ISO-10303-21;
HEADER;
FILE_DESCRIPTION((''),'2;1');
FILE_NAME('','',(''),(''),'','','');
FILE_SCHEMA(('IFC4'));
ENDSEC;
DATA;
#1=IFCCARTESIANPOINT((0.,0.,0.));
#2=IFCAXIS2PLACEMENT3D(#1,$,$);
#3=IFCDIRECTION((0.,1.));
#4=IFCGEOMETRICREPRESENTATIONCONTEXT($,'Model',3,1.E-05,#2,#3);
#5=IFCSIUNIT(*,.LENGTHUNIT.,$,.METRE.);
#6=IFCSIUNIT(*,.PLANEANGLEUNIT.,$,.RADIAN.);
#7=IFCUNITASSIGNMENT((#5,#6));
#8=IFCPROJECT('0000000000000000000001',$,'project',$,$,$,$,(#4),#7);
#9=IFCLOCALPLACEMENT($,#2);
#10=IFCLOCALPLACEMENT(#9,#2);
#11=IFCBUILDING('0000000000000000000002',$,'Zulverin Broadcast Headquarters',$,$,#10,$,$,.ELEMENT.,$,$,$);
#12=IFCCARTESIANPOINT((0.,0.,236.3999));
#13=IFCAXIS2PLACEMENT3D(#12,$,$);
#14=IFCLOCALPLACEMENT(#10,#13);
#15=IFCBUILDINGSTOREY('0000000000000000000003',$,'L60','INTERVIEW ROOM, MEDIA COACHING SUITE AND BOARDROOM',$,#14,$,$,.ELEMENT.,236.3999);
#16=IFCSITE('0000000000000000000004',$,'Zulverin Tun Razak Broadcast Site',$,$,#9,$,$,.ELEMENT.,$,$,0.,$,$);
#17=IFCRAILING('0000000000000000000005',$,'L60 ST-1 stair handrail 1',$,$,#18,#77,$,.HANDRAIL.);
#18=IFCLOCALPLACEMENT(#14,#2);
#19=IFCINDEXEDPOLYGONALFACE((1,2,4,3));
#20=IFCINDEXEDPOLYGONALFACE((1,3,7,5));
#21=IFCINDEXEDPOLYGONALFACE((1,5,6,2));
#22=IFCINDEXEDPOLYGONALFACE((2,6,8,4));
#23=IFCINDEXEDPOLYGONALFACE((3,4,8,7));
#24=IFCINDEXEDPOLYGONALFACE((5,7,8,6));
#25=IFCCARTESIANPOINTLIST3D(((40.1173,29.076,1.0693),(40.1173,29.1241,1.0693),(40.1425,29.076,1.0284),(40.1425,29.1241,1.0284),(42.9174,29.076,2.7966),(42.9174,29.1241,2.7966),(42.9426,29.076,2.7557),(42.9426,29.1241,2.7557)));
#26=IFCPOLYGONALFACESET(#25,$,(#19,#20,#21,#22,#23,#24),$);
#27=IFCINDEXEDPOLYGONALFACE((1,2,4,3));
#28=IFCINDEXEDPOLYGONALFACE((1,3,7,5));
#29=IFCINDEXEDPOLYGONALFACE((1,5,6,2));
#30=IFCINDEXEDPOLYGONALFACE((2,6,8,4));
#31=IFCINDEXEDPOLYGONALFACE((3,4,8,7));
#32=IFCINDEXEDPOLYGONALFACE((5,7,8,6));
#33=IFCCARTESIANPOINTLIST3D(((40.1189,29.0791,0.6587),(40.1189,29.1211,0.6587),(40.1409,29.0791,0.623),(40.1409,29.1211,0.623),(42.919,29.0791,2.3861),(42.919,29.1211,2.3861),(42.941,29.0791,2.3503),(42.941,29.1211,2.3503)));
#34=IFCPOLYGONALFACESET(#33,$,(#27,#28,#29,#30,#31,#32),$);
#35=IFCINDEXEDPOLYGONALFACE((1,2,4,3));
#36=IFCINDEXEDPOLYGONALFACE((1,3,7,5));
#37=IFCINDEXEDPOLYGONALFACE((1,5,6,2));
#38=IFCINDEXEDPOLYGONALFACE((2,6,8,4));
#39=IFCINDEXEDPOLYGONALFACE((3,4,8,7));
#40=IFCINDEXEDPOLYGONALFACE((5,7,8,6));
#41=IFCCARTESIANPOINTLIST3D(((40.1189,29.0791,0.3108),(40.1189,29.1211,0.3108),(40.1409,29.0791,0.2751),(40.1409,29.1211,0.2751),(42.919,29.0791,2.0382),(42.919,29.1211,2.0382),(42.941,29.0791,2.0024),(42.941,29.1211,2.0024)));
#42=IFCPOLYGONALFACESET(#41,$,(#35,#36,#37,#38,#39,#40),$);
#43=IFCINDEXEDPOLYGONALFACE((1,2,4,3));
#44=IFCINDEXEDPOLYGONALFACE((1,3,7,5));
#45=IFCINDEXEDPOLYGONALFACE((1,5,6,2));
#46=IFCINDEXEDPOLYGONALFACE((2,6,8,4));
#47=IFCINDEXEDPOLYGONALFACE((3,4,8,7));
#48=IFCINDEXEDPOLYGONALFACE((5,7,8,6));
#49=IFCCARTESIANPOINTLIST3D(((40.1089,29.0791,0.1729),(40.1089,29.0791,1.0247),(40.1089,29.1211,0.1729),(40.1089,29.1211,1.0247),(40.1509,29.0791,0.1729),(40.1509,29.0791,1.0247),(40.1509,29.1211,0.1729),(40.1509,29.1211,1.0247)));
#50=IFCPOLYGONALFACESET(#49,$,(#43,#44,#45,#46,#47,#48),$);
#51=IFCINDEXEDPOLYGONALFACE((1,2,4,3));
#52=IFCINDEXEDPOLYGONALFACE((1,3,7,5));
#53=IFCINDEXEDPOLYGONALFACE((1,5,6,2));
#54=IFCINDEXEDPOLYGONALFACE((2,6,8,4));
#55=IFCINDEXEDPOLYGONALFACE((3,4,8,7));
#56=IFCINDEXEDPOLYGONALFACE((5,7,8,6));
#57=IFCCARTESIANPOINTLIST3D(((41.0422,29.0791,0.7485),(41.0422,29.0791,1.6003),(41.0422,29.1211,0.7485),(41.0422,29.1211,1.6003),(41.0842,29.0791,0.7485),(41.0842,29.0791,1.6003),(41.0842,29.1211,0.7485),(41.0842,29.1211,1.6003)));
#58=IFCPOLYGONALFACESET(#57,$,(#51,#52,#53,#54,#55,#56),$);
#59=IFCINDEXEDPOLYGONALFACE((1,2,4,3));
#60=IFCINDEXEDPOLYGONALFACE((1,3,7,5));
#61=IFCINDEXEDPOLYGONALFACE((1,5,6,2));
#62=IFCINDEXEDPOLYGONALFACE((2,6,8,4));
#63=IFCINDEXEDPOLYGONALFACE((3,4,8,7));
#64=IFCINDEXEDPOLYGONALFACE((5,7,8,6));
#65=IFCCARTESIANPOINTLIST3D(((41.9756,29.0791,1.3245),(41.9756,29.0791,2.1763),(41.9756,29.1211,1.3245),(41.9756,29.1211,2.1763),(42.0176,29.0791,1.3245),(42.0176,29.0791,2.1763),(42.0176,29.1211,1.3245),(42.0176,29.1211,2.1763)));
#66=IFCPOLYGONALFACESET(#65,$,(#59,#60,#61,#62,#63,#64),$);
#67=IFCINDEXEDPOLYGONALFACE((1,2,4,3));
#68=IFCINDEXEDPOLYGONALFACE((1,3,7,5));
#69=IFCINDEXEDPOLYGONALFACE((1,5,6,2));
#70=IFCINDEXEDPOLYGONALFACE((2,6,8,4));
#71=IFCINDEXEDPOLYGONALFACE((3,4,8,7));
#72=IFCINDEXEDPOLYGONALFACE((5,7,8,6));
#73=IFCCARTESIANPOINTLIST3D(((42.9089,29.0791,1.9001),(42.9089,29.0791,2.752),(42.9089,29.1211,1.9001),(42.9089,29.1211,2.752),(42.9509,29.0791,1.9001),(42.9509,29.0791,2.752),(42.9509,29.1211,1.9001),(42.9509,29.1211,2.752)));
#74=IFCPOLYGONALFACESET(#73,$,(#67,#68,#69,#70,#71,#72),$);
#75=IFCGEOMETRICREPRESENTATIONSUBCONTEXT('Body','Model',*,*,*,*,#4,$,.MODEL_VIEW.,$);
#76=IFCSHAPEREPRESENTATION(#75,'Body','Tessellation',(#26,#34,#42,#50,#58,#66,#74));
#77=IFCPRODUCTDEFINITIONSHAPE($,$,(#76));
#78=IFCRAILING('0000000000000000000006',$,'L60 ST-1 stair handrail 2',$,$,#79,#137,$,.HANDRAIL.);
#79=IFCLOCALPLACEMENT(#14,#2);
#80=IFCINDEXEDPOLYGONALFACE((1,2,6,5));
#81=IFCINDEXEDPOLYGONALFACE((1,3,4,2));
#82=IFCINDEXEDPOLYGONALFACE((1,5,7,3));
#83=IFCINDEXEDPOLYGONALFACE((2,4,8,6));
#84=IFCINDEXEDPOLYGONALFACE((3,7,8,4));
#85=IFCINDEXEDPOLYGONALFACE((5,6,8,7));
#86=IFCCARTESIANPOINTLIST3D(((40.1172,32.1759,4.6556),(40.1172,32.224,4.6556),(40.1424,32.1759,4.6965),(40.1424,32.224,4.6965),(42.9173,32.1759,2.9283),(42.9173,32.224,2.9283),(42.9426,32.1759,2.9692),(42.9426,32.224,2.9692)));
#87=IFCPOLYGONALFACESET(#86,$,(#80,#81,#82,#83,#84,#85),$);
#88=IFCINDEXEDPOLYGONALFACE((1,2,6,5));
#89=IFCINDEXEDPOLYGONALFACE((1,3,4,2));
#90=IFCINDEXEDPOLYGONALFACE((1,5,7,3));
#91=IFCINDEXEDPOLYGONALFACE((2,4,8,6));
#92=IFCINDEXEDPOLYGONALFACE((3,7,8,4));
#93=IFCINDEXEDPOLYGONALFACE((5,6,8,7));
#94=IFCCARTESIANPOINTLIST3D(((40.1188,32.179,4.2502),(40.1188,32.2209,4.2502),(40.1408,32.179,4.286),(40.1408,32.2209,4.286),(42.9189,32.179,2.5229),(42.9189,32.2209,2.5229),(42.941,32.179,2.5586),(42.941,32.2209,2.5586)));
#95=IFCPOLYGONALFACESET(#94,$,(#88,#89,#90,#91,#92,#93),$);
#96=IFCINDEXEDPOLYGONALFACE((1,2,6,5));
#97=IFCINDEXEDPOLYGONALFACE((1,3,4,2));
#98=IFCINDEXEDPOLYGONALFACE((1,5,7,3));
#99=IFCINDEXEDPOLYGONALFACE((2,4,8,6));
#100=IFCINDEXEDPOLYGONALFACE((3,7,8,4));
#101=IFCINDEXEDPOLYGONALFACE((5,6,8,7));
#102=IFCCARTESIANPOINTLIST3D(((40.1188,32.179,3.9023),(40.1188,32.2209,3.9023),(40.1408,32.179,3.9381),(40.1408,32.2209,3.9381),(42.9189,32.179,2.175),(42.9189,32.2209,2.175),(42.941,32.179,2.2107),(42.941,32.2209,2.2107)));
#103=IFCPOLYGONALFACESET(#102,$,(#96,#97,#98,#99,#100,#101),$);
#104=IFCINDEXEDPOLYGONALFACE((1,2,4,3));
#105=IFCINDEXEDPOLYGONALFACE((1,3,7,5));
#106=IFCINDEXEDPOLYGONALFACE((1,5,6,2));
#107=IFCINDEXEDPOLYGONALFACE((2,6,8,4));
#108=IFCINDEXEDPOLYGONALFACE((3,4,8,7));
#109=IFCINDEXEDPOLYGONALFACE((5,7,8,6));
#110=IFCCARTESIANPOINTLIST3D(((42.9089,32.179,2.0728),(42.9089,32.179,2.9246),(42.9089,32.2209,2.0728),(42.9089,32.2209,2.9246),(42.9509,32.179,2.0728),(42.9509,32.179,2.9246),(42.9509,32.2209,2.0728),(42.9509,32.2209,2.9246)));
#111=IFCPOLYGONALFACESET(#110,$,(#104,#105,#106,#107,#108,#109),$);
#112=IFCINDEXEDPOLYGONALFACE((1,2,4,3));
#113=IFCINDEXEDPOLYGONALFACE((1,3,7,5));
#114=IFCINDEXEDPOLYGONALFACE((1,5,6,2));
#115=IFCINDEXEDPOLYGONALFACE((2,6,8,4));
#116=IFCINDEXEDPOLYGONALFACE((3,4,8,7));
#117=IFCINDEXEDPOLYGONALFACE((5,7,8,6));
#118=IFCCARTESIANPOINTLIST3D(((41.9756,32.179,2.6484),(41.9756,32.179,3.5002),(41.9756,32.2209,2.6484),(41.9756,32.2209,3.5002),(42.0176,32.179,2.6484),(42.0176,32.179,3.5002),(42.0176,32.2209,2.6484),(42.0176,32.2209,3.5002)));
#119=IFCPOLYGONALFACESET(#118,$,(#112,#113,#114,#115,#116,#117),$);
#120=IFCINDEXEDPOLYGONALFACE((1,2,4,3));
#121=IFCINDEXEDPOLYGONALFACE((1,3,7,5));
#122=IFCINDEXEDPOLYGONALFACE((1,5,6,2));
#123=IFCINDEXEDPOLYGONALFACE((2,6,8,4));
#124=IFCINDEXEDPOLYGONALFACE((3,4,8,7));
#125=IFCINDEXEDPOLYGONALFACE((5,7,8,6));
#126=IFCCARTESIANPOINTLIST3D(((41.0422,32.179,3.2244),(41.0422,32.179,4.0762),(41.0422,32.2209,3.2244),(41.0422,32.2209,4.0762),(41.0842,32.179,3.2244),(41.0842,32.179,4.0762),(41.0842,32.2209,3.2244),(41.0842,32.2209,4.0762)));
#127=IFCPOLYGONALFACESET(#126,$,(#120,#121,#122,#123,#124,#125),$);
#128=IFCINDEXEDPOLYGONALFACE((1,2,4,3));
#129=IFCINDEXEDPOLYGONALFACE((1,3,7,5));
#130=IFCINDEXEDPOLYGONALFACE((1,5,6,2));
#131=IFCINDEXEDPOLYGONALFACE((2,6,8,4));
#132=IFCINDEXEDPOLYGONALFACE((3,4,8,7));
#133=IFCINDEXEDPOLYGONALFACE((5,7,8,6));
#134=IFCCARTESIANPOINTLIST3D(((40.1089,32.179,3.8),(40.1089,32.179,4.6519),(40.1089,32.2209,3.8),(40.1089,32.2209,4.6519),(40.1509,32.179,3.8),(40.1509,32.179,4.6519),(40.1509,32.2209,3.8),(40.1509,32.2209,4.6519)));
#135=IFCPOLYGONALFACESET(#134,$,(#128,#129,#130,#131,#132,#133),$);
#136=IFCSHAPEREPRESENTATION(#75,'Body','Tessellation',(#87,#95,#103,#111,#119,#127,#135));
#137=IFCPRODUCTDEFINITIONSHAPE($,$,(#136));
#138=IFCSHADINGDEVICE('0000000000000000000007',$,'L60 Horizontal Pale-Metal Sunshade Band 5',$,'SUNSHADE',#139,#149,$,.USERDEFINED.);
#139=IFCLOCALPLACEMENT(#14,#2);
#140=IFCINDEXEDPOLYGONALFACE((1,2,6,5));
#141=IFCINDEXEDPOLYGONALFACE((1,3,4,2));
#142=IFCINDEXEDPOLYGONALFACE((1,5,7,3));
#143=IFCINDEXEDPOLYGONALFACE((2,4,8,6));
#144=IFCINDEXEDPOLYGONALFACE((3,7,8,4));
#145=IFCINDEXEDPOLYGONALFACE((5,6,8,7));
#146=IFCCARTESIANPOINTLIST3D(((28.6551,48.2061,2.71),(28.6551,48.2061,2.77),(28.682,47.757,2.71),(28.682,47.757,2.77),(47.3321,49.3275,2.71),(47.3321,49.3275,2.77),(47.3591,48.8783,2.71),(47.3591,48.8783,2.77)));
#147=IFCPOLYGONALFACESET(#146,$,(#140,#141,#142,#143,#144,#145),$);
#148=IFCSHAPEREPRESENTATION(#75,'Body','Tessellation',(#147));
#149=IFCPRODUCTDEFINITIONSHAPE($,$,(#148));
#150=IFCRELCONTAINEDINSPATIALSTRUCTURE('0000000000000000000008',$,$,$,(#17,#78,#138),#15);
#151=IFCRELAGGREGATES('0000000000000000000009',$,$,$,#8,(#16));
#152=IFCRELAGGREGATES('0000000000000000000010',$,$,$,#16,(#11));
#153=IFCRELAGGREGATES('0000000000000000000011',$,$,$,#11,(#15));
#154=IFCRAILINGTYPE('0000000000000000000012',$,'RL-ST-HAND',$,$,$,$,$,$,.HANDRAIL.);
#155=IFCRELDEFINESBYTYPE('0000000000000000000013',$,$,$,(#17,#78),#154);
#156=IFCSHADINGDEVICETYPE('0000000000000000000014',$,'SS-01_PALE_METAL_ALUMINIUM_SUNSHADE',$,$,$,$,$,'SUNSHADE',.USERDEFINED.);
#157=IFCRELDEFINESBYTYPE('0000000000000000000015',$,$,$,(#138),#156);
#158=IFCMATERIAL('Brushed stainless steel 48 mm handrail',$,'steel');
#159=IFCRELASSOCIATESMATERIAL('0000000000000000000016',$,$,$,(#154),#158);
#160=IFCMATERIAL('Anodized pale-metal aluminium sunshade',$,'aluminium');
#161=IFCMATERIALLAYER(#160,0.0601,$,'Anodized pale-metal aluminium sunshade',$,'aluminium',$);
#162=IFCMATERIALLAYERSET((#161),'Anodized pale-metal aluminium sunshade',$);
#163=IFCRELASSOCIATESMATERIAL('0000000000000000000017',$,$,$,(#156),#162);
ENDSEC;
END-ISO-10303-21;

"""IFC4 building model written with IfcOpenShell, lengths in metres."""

from ifc_helpers import new_model, si_unit, direction, frame, origin, origin_2d, place, context, subcontext, project, spatial, rectangle, extrude, material, layer, layer_set, type_object, element, save


model = new_model("IFC4")

# Units and contexts
model_context = context("Model", 3, precision=1e-05, world=origin(), true_north=direction((0.0, 1.0)))
body_context = subcontext(model_context, "Body", "Model", "MODEL_VIEW")
ifc_project = project(units=[si_unit("LENGTHUNIT", "METRE"), si_unit("PLANEANGLEUNIT", "RADIAN")], contexts=[model_context])

# Site, building, storey
site_placement = place(None, origin())
site = spatial("IfcSite", under=ifc_project, at=site_placement, Name="Zulverin Tun Razak Broadcast Site", CompositionType="ELEMENT", RefElevation=0.0)
building_placement = place(site_placement, origin())
building = spatial("IfcBuilding", under=site, at=building_placement, Name="Zulverin Broadcast Headquarters", CompositionType="ELEMENT")
storey_placement = place(building_placement, frame((0.0, 0.0, 236.3999)))
storey = spatial("IfcBuildingStorey", under=building, at=storey_placement, Name="L60", Description="INTERVIEW ROOM, MEDIA COACHING SUITE AND BOARDROOM", CompositionType="ELEMENT", Elevation=236.3999)

# Railings
ifc_material_1 = material(Name="Brushed stainless steel 48 mm handrail", Category="steel")
railing_type_1 = type_object("IfcRailingType", Name="RL-ST-HAND", PredefinedType="HANDRAIL", material=ifc_material_1)
railing_1_placement = place(storey_placement, frame((40.1299, 29.1001, 0.1729)))
element("IfcRailing", 1, at=railing_1_placement, inside=storey, type_object=railing_type_1, Name="L60 ST-1 stair handrail 1", PredefinedType="HANDRAIL", context=body_context, shape_type="SweptSolid", body=[
    extrude(rectangle(XDim=0.0481, YDim=0.0481, at=origin_2d()), frame((0.0, 0.0, 0.876), z_axis=(0.85109, 0.0, 0.52502), x_axis=(0.0, 1.0, 0.0)), (0.0, 0.0, 1.0), 3.29),
    extrude(rectangle(XDim=0.042, YDim=0.042, at=origin_2d()), frame((0.0, 0.0, 0.468), z_axis=(0.85109, 0.0, 0.52502), x_axis=(0.0, 1.0, 0.0)), (0.0, 0.0, 1.0), 3.29),
    extrude(rectangle(XDim=0.042, YDim=0.042, at=origin_2d()), frame((0.0, 0.0, 0.1201), z_axis=(0.85109, 0.0, 0.52502), x_axis=(0.0, 1.0, 0.0)), (0.0, 0.0, 1.0), 3.29),
    extrude(rectangle(XDim=0.042, YDim=0.042, at=origin_2d()), origin(), (0.0, 0.0, 1.0), 0.8518),
    extrude(rectangle(XDim=0.042, YDim=0.042, at=origin_2d()), frame((0.9333, 0.0, 0.5757)), (0.0, 0.0, 1.0), 0.8518),
    extrude(rectangle(XDim=0.042, YDim=0.042, at=origin_2d()), frame((1.8667, 0.0, 1.1516)), (0.0, 0.0, 1.0), 0.8518),
    extrude(rectangle(XDim=0.042, YDim=0.042, at=origin_2d()), frame((2.8, 0.0, 1.7273)), (0.0, 0.0, 1.0), 0.8518),
])
railing_2_placement = place(storey_placement, frame((42.9299, 32.2, 2.0728)))
element("IfcRailing", 2, at=railing_2_placement, inside=storey, type_object=railing_type_1, Name="L60 ST-1 stair handrail 2", PredefinedType="HANDRAIL", context=body_context, shape_type="SweptSolid", body=[
    extrude(rectangle(XDim=0.0481, YDim=0.0481, at=origin_2d()), frame((0.0, 0.0, 0.876), z_axis=(-0.85109, 0.0, 0.52502), x_axis=(0.0, -1.0, 0.0)), (0.0, 0.0, 1.0), 3.29),
    extrude(rectangle(XDim=0.042, YDim=0.042, at=origin_2d()), frame((0.0, 0.0, 0.468), z_axis=(-0.85109, 0.0, 0.52502), x_axis=(0.0, -1.0, 0.0)), (0.0, 0.0, 1.0), 3.29),
    extrude(rectangle(XDim=0.042, YDim=0.042, at=origin_2d()), frame((0.0, 0.0, 0.1201), z_axis=(-0.85109, 0.0, 0.52502), x_axis=(0.0, -1.0, 0.0)), (0.0, 0.0, 1.0), 3.29),
    extrude(rectangle(XDim=0.042, YDim=0.042, at=origin_2d()), origin(), (0.0, 0.0, 1.0), 0.8518),
    extrude(rectangle(XDim=0.042, YDim=0.042, at=origin_2d()), frame((-0.9333, 0.0, 0.5757)), (0.0, 0.0, 1.0), 0.8518),
    extrude(rectangle(XDim=0.042, YDim=0.042, at=origin_2d()), frame((-1.8667, 0.0, 1.1516)), (0.0, 0.0, 1.0), 0.8518),
    extrude(rectangle(XDim=0.042, YDim=0.042, at=origin_2d()), frame((-2.8, 0.0, 1.7273)), (0.0, 0.0, 1.0), 0.8518),
])

# Shading device
ifc_material_2 = material(Name="Anodized pale-metal aluminium sunshade", Category="aluminium")
ifc_layer_1 = layer(ifc_material_2, 0.0601, Name="Anodized pale-metal aluminium sunshade", Category="aluminium")
ifc_layer_set_1 = layer_set([ifc_layer_1], Name="Anodized pale-metal aluminium sunshade")
shading_device_type = type_object("IfcShadingDeviceType", Name="SS-01_PALE_METAL_ALUMINIUM_SUNSHADE", ElementType="SUNSHADE", PredefinedType="USERDEFINED", material=ifc_layer_set_1)
shading_device_placement = place(storey_placement, frame((38.0071, 48.5422, 2.71), z_axis=(0.0, 0.0, 1.0), x_axis=(-0.998203, -0.05993, 0.0)))
element("IfcShadingDevice", 3, at=shading_device_placement, inside=storey, type_object=shading_device_type, Name="L60 Horizontal Pale-Metal Sunshade Band 5", ObjectType="SUNSHADE", PredefinedType="USERDEFINED", context=body_context, shape_type="SweptSolid", body=[
    extrude(rectangle(XDim=18.7107, YDim=0.45, at=origin_2d()), origin(), (0.0, 0.0, 1.0), 0.0601),
])

save(model, "model.ifc")
